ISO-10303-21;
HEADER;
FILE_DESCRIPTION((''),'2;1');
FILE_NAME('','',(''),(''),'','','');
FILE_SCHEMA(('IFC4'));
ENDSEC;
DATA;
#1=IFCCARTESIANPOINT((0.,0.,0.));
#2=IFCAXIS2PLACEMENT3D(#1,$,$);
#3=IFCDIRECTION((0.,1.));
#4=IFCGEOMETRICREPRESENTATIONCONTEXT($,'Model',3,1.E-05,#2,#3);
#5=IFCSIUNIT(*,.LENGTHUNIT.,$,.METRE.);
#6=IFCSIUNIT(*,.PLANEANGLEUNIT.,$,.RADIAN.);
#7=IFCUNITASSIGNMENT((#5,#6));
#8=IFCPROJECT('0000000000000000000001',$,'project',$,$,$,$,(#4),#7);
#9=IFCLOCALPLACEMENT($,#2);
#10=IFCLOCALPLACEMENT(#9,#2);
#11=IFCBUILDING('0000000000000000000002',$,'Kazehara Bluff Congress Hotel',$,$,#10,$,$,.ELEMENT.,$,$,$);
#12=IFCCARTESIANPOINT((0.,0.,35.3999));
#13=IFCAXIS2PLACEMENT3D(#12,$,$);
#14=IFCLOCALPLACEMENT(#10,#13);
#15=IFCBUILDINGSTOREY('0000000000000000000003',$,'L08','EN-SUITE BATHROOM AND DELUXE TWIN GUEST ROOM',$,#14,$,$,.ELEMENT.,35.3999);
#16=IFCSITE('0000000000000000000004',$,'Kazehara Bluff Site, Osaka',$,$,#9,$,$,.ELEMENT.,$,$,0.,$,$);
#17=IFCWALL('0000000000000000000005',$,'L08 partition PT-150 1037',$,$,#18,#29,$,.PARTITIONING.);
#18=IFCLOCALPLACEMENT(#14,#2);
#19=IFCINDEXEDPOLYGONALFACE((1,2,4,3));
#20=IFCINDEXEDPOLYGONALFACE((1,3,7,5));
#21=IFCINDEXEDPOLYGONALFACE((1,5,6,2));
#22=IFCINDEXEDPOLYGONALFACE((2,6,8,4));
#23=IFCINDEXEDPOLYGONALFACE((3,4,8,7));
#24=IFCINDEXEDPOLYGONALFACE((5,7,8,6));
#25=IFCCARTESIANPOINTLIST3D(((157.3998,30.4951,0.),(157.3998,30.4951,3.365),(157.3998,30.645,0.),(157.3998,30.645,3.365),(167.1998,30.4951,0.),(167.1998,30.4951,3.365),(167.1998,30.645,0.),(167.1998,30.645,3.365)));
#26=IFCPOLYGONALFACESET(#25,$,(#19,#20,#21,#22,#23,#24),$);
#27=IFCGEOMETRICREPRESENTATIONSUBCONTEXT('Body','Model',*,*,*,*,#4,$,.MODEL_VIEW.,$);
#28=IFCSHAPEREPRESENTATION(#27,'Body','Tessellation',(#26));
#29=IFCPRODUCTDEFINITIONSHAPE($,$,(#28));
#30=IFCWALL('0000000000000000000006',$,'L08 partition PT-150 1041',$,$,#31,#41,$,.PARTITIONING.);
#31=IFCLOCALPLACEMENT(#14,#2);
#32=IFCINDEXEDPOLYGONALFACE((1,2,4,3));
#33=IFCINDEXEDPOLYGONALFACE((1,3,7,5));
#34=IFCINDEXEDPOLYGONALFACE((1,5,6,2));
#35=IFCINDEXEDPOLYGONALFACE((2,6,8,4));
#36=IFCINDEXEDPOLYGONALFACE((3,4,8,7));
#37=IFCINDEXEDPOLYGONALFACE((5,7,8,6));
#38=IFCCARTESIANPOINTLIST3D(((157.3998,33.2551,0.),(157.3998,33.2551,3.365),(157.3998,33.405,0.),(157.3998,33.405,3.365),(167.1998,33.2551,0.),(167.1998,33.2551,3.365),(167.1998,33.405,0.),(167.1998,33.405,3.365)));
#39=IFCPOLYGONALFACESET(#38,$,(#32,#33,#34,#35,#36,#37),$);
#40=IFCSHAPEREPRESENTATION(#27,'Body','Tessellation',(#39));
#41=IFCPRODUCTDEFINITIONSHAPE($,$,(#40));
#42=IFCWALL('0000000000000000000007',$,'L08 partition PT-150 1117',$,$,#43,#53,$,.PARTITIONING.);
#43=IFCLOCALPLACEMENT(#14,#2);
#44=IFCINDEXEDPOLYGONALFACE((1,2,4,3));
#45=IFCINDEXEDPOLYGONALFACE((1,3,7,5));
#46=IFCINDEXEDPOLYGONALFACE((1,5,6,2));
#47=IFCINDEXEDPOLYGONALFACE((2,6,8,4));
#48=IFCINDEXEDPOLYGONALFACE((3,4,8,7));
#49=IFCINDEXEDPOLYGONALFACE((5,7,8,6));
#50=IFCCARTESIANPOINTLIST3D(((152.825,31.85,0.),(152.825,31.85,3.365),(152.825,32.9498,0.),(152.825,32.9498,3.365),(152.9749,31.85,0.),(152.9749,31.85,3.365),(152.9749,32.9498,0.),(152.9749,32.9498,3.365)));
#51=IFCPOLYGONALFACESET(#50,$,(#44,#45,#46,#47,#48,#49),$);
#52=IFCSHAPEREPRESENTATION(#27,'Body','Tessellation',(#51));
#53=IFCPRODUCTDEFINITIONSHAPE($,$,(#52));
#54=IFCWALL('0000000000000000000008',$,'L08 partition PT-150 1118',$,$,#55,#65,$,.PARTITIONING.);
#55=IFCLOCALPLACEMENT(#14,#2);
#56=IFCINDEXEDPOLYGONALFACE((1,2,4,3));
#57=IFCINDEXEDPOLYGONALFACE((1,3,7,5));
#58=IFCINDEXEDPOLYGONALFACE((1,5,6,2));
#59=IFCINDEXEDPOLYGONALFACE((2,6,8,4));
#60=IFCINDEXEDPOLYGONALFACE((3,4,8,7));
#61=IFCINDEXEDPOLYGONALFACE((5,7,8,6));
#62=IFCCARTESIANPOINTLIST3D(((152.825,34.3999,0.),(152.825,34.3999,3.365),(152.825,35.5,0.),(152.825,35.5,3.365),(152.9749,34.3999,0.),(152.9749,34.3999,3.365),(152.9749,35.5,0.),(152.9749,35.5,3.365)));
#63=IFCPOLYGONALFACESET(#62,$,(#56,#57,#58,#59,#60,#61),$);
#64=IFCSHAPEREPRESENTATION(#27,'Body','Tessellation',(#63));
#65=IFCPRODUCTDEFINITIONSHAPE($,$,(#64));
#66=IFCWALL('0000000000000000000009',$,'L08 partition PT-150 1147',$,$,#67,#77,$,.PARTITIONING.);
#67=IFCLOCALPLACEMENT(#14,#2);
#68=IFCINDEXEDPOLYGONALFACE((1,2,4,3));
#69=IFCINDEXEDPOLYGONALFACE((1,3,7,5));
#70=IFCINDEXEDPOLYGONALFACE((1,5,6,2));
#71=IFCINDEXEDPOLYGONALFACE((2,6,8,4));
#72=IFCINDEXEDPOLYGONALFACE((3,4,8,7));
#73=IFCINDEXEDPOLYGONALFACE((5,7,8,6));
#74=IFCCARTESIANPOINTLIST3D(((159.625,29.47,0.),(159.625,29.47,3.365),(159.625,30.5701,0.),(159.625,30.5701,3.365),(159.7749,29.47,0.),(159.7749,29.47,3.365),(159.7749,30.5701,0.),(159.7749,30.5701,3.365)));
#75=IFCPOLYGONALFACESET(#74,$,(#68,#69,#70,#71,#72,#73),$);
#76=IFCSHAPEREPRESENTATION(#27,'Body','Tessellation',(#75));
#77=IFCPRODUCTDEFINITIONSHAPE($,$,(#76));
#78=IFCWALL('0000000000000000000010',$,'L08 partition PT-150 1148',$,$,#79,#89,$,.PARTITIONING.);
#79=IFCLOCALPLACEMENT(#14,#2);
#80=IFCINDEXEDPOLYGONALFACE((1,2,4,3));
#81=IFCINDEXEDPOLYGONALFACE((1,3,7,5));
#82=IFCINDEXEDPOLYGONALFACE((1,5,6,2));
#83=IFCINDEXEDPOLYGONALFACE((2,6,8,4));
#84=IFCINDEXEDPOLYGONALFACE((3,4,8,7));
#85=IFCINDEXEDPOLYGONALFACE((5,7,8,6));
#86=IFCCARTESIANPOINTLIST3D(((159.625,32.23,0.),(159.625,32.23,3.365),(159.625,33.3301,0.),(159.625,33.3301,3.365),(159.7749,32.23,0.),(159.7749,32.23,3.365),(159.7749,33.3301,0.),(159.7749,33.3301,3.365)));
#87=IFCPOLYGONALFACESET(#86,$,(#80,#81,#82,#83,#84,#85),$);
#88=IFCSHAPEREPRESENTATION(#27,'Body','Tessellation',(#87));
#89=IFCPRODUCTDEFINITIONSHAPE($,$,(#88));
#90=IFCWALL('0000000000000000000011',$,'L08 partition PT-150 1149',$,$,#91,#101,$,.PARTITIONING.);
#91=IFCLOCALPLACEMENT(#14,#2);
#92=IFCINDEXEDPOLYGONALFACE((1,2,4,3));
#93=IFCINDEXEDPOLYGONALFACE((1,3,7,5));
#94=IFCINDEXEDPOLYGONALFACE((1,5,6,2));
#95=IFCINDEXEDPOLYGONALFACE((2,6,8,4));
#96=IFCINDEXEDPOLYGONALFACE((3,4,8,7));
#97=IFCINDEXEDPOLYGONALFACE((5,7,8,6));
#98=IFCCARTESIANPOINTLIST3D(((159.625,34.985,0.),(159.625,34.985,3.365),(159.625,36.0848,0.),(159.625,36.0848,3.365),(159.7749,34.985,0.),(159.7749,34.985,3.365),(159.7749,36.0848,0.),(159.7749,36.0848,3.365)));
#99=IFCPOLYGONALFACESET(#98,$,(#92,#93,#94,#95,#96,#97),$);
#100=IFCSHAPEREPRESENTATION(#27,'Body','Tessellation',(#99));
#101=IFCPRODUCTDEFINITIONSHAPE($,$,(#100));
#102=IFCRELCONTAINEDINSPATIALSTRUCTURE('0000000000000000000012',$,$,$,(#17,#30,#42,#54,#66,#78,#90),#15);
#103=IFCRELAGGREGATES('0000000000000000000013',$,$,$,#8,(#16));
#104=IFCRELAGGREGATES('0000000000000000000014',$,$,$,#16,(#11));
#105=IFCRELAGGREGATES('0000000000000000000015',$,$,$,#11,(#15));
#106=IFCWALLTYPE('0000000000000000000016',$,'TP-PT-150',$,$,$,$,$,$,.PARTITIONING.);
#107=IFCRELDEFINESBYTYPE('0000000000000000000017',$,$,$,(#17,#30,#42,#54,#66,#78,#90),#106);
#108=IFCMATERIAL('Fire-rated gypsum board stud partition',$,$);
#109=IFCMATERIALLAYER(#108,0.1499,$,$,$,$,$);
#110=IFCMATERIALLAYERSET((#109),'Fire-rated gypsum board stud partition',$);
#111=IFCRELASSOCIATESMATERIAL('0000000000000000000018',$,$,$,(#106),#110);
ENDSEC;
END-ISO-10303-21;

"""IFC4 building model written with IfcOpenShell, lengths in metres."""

from ifc_helpers import new_model, si_unit, direction, frame, frame_2d, origin, place, context, subcontext, project, spatial, rectangle, extrude, material, layer, layer_set, type_object, element, save


model = new_model("IFC4")

# Units and contexts
model_context = context("Model", 3, precision=1e-05, world=origin(), true_north=direction((0.0, 1.0)))
body_context = subcontext(model_context, "Body", "Model", "MODEL_VIEW")
ifc_project = project(units=[si_unit("LENGTHUNIT", "METRE"), si_unit("PLANEANGLEUNIT", "RADIAN")], contexts=[model_context])

# Site, building, storey
site_placement = place(None, origin())
site = spatial("IfcSite", under=ifc_project, at=site_placement, Name="Kazehara Bluff Site, Osaka", CompositionType="ELEMENT", RefElevation=0.0)
building_placement = place(site_placement, origin())
building = spatial("IfcBuilding", under=site, at=building_placement, Name="Kazehara Bluff Congress Hotel", CompositionType="ELEMENT")
storey_placement = place(building_placement, frame((0.0, 0.0, 35.3999)))
storey = spatial("IfcBuildingStorey", under=building, at=storey_placement, Name="L08", Description="EN-SUITE BATHROOM AND DELUXE TWIN GUEST ROOM", CompositionType="ELEMENT", Elevation=35.3999)

# Shared definitions
ifc_material_1 = material(Name="Fire-rated gypsum board stud partition")
ifc_layer = layer(ifc_material_1, 0.1499)
ifc_layer_set = layer_set([ifc_layer], Name="Fire-rated gypsum board stud partition")
wall_type = type_object("IfcWallType", Name="TP-PT-150", PredefinedType="PARTITIONING", material=ifc_layer_set)

# Wall
wall_1_placement = place(storey_placement, frame((157.3999, 30.5701, 0.0), z_axis=(0.0, 0.0, 1.0), x_axis=(1.0, 0.0, 0.0)))
element("IfcWall", 1, at=wall_1_placement, inside=storey, type_object=wall_type, Name="L08 partition PT-150 1037", PredefinedType="PARTITIONING", context=body_context, shape_type="SweptSolid", body=[
    extrude(rectangle(XDim=9.8, YDim=0.1499, at=frame_2d((4.8999, 0.0))), origin(), (0.0, 0.0, 1.0), 3.365),
])

# Wall
wall_2_placement = place(storey_placement, frame((157.3999, 33.3301, 0.0), z_axis=(0.0, 0.0, 1.0), x_axis=(1.0, 0.0, 0.0)))
element("IfcWall", 2, at=wall_2_placement, inside=storey, type_object=wall_type, Name="L08 partition PT-150 1041", PredefinedType="PARTITIONING", context=body_context, shape_type="SweptSolid", body=[
    extrude(rectangle(XDim=9.8, YDim=0.1499, at=frame_2d((4.8999, 0.0))), origin(), (0.0, 0.0, 1.0), 3.365),
])

# Walls
wall_3_placement = place(storey_placement, frame((152.8999, 31.8501, 0.0), z_axis=(0.0, 0.0, 1.0), x_axis=(0.0, 1.0, 0.0)))
element("IfcWall", 3, at=wall_3_placement, inside=storey, type_object=wall_type, Name="L08 partition PT-150 1117", PredefinedType="PARTITIONING", context=body_context, shape_type="SweptSolid", body=[
    extrude(rectangle(XDim=1.0999, YDim=0.1499, at=frame_2d((0.5498, 0.0))), origin(), (0.0, 0.0, 1.0), 3.365),
])
wall_4_placement = place(storey_placement, frame((152.8999, 34.3999, 0.0), z_axis=(0.0, 0.0, 1.0), x_axis=(0.0, 1.0, 0.0)))
element("IfcWall", 4, at=wall_4_placement, inside=storey, type_object=wall_type, Name="L08 partition PT-150 1118", PredefinedType="PARTITIONING", context=body_context, shape_type="SweptSolid", body=[
    extrude(rectangle(XDim=1.1001, YDim=0.1499, at=frame_2d((0.55, 0.0))), origin(), (0.0, 0.0, 1.0), 3.365),
])

# Walls
for number, where, z_axis, x_axis, name in (
    (5, (159.7, 29.47, 0.0), (0.0, 0.0, 1.0), (0.0, 1.0, 0.0), "L08 partition PT-150 1147"),
    (6, (159.7, 32.23, 0.0), (0.0, 0.0, 1.0), (0.0, 1.0, 0.0), "L08 partition PT-150 1148"),
):
    element("IfcWall", number, at=place(storey_placement, frame(where, z_axis=z_axis, x_axis=x_axis)), inside=storey, type_object=wall_type, Name=name, PredefinedType="PARTITIONING", context=body_context, shape_type="SweptSolid", body=[
        extrude(rectangle(XDim=1.1001, YDim=0.1499, at=frame_2d((0.55, 0.0))), origin(), (0.0, 0.0, 1.0), 3.365),
    ])
wall_5_placement = place(storey_placement, frame((159.7, 34.9851, 0.0), z_axis=(0.0, 0.0, 1.0), x_axis=(0.0, 1.0, 0.0)))
element("IfcWall", 7, at=wall_5_placement, inside=storey, type_object=wall_type, Name="L08 partition PT-150 1149", PredefinedType="PARTITIONING", context=body_context, shape_type="SweptSolid", body=[
    extrude(rectangle(XDim=1.0999, YDim=0.1499, at=frame_2d((0.5498, 0.0))), origin(), (0.0, 0.0, 1.0), 3.365),
])

save(model, "model.ifc")
